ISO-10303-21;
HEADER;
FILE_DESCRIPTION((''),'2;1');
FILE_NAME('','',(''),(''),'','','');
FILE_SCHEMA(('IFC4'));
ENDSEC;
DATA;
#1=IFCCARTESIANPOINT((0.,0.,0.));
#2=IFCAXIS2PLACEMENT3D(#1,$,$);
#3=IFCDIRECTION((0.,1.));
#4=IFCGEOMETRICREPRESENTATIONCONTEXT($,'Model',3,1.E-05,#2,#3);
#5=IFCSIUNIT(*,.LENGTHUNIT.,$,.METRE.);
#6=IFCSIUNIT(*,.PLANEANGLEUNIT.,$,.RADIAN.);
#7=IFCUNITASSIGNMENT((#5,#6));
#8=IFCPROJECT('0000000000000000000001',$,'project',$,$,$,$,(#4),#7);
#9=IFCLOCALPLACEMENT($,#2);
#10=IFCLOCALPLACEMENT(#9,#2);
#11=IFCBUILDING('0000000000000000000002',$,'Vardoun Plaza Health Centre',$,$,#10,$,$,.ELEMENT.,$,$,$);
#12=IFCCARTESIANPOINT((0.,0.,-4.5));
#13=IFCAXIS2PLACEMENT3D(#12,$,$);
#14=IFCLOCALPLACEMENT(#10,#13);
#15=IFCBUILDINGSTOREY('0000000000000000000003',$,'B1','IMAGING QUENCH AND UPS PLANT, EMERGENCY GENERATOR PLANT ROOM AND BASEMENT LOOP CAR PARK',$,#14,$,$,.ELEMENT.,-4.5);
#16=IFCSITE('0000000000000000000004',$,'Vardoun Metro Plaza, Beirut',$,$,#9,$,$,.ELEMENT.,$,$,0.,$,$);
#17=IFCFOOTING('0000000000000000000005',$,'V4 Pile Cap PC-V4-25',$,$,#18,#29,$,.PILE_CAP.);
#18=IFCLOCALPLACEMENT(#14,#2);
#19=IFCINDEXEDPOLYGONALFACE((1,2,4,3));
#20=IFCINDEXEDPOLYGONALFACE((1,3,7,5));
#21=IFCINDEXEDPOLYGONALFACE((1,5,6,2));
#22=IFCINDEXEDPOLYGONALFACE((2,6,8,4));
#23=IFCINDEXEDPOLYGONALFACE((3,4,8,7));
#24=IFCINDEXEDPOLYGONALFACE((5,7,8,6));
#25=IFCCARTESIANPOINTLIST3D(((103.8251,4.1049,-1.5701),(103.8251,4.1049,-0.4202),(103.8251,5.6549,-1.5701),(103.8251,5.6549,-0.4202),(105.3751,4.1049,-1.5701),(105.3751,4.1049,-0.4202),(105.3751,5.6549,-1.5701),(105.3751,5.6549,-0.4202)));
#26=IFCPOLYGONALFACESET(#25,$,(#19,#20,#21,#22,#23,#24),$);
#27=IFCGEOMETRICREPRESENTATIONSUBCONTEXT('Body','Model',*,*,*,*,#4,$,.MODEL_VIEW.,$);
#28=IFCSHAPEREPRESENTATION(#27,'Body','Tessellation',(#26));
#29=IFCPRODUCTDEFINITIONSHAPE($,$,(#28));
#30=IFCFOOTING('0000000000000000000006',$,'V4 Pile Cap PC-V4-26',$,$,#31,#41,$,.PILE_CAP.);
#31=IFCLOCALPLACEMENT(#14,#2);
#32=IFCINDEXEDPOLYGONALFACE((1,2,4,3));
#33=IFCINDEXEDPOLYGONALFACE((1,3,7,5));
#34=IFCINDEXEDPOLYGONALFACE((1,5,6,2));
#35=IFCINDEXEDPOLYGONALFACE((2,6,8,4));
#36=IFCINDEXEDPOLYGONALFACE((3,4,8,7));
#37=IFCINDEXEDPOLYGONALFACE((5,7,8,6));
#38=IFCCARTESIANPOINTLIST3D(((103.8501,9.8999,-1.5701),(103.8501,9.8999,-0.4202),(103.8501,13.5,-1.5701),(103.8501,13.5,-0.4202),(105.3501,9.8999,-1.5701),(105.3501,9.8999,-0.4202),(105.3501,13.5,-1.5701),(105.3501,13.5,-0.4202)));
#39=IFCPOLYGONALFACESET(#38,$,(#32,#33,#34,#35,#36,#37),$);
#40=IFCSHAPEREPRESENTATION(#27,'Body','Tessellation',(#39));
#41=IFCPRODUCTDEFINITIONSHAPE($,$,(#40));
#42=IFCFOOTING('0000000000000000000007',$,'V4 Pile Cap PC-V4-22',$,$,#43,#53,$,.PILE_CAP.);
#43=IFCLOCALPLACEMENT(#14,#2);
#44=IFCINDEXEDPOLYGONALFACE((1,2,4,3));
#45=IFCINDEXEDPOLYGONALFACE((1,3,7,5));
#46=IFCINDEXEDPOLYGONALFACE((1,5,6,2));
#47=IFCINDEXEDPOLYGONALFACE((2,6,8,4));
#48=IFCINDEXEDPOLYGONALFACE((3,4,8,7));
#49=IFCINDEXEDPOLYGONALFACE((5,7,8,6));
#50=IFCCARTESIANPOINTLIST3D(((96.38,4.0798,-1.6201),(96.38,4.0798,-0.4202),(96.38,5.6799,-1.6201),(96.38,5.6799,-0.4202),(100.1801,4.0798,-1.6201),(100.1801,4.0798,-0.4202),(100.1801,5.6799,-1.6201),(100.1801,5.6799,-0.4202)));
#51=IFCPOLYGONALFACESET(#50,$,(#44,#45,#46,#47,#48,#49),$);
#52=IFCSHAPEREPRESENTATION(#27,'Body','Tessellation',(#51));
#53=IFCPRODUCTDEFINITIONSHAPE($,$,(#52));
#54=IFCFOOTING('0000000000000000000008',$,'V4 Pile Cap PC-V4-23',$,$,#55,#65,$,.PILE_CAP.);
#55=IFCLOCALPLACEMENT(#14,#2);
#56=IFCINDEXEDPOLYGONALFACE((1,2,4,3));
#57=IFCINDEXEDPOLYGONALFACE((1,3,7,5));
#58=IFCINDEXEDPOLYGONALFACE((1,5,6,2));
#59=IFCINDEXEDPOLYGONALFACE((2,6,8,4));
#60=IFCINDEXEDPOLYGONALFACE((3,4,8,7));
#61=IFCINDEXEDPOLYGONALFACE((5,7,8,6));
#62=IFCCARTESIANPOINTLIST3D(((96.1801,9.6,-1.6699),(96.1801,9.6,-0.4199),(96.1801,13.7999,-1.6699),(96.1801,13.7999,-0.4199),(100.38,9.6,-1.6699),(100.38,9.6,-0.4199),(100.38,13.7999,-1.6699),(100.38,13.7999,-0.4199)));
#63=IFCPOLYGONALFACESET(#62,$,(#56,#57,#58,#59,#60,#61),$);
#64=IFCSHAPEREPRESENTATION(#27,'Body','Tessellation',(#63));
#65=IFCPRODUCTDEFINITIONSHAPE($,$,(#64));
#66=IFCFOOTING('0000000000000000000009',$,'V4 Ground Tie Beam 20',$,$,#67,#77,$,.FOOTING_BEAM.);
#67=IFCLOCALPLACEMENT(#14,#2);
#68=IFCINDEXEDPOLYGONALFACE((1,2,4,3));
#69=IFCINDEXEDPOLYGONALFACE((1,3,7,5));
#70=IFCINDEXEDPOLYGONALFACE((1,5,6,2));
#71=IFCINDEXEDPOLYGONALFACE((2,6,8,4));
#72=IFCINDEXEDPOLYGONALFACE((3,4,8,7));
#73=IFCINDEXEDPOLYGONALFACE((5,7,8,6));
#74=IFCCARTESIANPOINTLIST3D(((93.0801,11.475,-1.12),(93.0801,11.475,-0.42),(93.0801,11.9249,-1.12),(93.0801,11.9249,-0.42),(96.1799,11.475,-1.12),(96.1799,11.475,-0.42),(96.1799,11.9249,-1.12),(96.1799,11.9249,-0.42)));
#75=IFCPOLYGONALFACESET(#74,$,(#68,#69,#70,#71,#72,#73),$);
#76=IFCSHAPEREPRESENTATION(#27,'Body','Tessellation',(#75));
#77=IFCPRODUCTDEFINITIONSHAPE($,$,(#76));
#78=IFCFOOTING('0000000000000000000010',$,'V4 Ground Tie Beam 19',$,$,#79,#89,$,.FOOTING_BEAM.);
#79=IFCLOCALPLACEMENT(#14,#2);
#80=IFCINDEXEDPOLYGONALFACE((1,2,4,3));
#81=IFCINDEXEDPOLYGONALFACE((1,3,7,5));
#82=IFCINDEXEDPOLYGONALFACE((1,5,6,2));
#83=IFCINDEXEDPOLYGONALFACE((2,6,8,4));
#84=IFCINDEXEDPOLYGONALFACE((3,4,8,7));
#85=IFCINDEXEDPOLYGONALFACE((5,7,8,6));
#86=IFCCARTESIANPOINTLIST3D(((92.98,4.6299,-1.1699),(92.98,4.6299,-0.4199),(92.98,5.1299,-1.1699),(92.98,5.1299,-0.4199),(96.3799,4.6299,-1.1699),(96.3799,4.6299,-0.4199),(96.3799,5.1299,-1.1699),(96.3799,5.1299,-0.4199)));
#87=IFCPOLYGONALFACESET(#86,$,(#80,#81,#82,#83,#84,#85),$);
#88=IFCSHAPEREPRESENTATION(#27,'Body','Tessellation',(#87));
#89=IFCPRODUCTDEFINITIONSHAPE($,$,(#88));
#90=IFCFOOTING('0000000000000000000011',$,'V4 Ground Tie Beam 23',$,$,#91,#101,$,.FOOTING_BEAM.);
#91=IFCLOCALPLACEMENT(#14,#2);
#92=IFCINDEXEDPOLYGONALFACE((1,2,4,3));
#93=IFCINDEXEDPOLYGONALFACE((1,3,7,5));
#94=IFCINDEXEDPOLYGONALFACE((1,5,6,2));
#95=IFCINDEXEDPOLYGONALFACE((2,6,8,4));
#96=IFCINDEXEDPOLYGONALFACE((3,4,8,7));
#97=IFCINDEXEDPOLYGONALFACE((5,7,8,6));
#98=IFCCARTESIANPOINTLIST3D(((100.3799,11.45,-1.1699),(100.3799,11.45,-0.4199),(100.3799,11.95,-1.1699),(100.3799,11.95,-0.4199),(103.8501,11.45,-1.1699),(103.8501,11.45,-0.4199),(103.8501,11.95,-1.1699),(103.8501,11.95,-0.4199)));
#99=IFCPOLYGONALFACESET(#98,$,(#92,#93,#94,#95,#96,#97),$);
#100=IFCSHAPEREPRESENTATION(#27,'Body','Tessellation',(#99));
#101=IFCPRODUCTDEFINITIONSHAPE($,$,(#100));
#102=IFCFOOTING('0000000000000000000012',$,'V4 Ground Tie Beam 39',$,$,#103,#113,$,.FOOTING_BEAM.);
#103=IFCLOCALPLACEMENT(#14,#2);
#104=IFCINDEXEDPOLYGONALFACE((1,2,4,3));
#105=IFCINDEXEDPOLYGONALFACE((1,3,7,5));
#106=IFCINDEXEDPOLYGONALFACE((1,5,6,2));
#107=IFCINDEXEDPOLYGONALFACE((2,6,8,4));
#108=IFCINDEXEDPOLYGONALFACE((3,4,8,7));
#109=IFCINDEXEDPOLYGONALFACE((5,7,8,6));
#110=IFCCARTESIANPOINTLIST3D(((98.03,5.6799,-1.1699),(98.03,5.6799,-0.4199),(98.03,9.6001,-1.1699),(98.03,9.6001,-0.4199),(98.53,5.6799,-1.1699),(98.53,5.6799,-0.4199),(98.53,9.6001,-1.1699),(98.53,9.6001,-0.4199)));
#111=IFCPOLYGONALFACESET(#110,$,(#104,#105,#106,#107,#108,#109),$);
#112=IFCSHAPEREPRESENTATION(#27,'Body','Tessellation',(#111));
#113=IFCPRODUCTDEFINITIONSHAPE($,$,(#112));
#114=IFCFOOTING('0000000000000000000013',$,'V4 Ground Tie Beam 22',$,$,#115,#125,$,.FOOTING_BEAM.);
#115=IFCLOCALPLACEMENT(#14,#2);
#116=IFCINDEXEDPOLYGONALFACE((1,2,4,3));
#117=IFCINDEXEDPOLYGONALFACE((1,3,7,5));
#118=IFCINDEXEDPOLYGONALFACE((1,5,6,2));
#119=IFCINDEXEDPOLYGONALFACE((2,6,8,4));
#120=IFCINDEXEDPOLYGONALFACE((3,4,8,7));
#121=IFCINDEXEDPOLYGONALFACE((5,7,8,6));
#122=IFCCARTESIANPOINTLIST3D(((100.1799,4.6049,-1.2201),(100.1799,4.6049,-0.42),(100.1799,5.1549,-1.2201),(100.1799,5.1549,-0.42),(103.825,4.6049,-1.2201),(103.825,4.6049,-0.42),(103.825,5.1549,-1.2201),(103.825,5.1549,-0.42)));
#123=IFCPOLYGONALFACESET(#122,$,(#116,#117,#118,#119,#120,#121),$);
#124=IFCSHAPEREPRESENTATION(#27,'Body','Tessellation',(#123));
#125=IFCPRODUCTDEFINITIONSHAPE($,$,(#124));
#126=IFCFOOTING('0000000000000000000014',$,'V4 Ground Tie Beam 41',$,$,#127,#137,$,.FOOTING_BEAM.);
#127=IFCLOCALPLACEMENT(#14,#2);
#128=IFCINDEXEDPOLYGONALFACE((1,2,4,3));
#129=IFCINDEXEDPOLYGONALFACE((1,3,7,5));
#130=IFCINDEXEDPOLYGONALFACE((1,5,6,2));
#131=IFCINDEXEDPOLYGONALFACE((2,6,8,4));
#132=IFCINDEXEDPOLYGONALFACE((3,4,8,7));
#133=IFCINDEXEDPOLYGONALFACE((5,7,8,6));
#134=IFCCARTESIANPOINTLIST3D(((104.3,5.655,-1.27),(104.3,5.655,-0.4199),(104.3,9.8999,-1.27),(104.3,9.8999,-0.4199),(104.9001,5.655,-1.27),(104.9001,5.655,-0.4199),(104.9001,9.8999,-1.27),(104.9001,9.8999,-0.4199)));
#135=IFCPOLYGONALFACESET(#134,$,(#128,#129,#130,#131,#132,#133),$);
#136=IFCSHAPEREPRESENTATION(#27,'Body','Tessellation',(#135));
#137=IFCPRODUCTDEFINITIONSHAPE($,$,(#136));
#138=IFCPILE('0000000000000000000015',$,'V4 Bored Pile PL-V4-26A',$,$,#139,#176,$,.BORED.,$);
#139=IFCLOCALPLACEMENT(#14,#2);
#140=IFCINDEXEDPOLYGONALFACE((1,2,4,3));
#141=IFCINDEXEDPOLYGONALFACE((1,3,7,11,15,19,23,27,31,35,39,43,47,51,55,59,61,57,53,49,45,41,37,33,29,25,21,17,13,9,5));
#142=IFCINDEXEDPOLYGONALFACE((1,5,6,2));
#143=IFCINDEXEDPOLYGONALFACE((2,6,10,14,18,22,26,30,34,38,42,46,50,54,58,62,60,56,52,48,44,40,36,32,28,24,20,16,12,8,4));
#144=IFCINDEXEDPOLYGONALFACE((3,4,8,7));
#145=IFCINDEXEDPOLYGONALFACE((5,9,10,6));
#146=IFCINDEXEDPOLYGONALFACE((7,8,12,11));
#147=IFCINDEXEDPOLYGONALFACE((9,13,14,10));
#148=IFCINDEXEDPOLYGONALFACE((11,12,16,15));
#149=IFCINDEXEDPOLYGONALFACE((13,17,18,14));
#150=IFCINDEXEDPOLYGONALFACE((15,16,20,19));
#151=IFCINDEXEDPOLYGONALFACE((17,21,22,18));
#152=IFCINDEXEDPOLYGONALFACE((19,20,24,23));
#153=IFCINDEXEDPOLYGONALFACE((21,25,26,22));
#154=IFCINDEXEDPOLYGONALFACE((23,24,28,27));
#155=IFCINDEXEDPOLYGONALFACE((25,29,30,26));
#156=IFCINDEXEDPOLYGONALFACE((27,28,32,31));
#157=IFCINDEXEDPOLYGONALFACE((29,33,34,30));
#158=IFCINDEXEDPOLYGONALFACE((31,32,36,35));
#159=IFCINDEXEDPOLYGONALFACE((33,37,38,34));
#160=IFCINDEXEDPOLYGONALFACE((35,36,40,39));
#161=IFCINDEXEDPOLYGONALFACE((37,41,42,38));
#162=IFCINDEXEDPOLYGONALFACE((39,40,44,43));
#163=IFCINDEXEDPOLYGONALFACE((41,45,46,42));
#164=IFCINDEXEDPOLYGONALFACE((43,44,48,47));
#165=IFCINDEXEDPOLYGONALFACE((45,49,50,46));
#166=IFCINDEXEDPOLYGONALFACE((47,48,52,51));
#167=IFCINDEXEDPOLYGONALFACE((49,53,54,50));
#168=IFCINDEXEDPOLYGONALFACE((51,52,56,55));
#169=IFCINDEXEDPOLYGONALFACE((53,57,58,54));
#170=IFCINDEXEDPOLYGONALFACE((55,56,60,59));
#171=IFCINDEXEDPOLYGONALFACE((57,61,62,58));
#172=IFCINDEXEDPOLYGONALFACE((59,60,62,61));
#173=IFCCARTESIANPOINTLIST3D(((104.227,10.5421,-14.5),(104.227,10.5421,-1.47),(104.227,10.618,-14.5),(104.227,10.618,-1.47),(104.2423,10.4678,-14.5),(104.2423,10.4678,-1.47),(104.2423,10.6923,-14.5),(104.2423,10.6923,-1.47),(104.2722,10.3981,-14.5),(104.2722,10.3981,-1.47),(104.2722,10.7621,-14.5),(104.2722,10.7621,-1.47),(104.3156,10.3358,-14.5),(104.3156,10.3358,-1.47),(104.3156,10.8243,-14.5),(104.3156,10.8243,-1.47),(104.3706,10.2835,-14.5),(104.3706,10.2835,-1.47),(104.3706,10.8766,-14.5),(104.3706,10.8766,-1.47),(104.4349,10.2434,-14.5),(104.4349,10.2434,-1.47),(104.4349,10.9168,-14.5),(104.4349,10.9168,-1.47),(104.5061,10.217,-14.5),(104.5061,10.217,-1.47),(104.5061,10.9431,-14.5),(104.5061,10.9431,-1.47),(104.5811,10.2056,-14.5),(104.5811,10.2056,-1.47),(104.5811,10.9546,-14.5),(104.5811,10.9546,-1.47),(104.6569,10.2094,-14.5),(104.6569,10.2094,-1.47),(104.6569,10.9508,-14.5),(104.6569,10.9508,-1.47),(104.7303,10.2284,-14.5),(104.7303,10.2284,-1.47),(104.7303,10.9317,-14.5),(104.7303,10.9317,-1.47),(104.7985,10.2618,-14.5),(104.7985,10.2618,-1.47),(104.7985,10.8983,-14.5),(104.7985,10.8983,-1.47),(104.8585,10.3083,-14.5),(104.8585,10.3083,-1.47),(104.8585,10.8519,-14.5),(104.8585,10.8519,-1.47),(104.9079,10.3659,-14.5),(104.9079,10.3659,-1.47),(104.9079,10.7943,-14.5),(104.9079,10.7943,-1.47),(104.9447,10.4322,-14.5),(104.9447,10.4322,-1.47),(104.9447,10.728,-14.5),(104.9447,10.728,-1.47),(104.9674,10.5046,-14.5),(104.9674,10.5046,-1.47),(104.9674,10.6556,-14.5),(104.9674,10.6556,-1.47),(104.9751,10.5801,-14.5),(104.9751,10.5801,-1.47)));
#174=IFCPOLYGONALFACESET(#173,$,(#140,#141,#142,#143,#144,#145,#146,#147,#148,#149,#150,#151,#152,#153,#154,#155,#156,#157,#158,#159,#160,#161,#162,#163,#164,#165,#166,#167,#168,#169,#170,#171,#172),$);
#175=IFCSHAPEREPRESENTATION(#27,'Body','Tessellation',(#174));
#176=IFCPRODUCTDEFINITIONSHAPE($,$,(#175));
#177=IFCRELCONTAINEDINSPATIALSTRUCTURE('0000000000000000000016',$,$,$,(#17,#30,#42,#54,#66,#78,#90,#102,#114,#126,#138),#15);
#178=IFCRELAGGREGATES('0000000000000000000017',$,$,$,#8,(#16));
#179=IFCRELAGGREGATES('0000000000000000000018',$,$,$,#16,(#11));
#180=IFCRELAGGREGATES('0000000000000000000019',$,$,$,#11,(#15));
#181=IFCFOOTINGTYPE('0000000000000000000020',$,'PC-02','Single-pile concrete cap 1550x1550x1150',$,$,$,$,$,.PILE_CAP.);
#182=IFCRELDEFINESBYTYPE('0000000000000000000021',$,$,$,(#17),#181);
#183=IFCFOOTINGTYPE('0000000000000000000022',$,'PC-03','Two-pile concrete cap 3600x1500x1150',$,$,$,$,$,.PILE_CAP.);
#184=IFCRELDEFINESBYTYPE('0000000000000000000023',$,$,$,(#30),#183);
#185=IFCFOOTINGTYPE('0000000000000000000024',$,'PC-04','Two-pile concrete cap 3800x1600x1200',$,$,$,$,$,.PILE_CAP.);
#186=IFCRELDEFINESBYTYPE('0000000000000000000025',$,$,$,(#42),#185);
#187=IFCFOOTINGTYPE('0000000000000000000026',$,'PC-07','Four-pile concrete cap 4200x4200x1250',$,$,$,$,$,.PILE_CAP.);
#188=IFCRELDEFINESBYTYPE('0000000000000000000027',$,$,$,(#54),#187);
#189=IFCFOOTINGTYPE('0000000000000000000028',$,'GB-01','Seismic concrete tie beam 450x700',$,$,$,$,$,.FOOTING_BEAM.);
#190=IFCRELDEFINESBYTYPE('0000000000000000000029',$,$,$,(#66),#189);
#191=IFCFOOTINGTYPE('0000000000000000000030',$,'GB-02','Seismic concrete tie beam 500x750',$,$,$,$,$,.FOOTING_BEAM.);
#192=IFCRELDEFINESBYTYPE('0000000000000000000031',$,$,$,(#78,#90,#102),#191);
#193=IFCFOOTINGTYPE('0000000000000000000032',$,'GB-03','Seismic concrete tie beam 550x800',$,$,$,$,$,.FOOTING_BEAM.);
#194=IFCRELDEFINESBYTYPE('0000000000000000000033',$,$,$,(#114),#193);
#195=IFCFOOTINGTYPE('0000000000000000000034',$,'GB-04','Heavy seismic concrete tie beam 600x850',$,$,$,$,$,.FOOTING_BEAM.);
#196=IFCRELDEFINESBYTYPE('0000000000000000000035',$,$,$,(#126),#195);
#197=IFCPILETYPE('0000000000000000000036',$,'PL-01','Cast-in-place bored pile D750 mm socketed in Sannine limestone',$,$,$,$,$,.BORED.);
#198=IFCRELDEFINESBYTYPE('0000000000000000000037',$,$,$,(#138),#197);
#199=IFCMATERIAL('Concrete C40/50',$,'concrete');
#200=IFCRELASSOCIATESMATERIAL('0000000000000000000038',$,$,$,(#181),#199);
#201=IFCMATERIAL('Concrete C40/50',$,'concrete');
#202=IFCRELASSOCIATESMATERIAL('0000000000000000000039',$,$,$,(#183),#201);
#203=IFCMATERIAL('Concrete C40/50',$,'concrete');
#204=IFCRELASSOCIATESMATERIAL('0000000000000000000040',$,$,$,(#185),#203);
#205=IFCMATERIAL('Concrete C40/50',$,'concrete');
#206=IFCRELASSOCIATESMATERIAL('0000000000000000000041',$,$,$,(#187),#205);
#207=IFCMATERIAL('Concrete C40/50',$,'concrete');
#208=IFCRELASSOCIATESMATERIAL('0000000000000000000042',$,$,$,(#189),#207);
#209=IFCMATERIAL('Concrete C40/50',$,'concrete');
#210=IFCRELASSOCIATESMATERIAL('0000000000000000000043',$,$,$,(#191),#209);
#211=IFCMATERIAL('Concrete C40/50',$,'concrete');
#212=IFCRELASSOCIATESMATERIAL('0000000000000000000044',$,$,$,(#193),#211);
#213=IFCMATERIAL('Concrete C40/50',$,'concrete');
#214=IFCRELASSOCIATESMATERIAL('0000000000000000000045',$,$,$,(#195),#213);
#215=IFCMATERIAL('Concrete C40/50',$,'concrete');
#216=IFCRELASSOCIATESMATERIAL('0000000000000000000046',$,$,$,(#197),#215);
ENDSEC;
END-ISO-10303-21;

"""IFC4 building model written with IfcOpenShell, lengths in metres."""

from ifc_helpers import new_model, si_unit, direction, frame, origin, origin_2d, place, context, subcontext, project, spatial, rectangle, circle, extrude, material, material_profile, profile_set, type_object, element, save


model = new_model("IFC4")

# Units and contexts
model_context = context("Model", 3, precision=1e-05, world=origin(), true_north=direction((0.0, 1.0)))
body_context = subcontext(model_context, "Body", "Model", "MODEL_VIEW")
ifc_project = project(units=[si_unit("LENGTHUNIT", "METRE"), si_unit("PLANEANGLEUNIT", "RADIAN")], contexts=[model_context])

# Site, building, storey
site_placement = place(None, origin())
site = spatial("IfcSite", under=ifc_project, at=site_placement, Name="Vardoun Metro Plaza, Beirut", CompositionType="ELEMENT", RefElevation=0.0)
building_placement = place(site_placement, origin())
building = spatial("IfcBuilding", under=site, at=building_placement, Name="Vardoun Plaza Health Centre", CompositionType="ELEMENT")
storey_placement = place(building_placement, frame((0.0, 0.0, -4.5)))
storey = spatial("IfcBuildingStorey", under=building, at=storey_placement, Name="B1", Description="IMAGING QUENCH AND UPS PLANT, EMERGENCY GENERATOR PLANT ROOM AND BASEMENT LOOP CAR PARK", CompositionType="ELEMENT", Elevation=-4.5)

# Footings
ifc_material_1 = material(Name="Concrete C40/50", Category="concrete")
footing_type_1 = type_object("IfcFootingType", Name="PC-02", Description="Single-pile concrete cap 1550x1550x1150", PredefinedType="PILE_CAP", material=ifc_material_1)
footing_1_placement = place(storey_placement, frame((104.6001, 4.8799, -1.5701), z_axis=(0.0, 0.0, 1.0), x_axis=(1.0, 0.0, 0.0)))
element("IfcFooting", 1, at=footing_1_placement, inside=storey, type_object=footing_type_1, Name="V4 Pile Cap PC-V4-25", PredefinedType="PILE_CAP", context=body_context, shape_type="SweptSolid", body=[
    extrude(rectangle(XDim=1.55, YDim=1.55, at=origin_2d()), origin(), (0.0, 0.0, 1.0), 1.1499),
])
ifc_material_2 = material(Name="Concrete C40/50", Category="concrete")
footing_type_2 = type_object("IfcFootingType", Name="PC-03", Description="Two-pile concrete cap 3600x1500x1150", PredefinedType="PILE_CAP", material=ifc_material_2)
footing_2_placement = place(storey_placement, frame((104.6001, 11.7, -1.5701), z_axis=(0.0, 0.0, 1.0), x_axis=(0.0, 1.0, 0.0)))
element("IfcFooting", 2, at=footing_2_placement, inside=storey, type_object=footing_type_2, Name="V4 Pile Cap PC-V4-26", PredefinedType="PILE_CAP", context=body_context, shape_type="SweptSolid", body=[
    extrude(rectangle(XDim=3.6001, YDim=1.5, at=origin_2d()), origin(), (0.0, 0.0, 1.0), 1.1499),
])
ifc_material_3 = material(Name="Concrete C40/50", Category="concrete")
footing_type_3 = type_object("IfcFootingType", Name="PC-04", Description="Two-pile concrete cap 3800x1600x1200", PredefinedType="PILE_CAP", material=ifc_material_3)
footing_3_placement = place(storey_placement, frame((98.28, 4.8799, -1.6201), z_axis=(0.0, 0.0, 1.0), x_axis=(1.0, 0.0, 0.0)))
element("IfcFooting", 3, at=footing_3_placement, inside=storey, type_object=footing_type_3, Name="V4 Pile Cap PC-V4-22", PredefinedType="PILE_CAP", context=body_context, shape_type="SweptSolid", body=[
    extrude(rectangle(XDim=3.8, YDim=1.6001, at=origin_2d()), origin(), (0.0, 0.0, 1.0), 1.2),
])
ifc_material_4 = material(Name="Concrete C40/50", Category="concrete")
footing_type_4 = type_object("IfcFootingType", Name="PC-07", Description="Four-pile concrete cap 4200x4200x1250", PredefinedType="PILE_CAP", material=ifc_material_4)
footing_4_placement = place(storey_placement, frame((98.28, 11.7, -1.6699), z_axis=(0.0, 0.0, 1.0), x_axis=(1.0, 0.0, 0.0)))
element("IfcFooting", 4, at=footing_4_placement, inside=storey, type_object=footing_type_4, Name="V4 Pile Cap PC-V4-23", PredefinedType="PILE_CAP", context=body_context, shape_type="SweptSolid", body=[
    extrude(rectangle(XDim=4.2, YDim=4.2, at=origin_2d()), origin(), (0.0, 0.0, 1.0), 1.25),
])
ifc_material_5 = material(Name="Concrete C40/50", Category="concrete")
ifc_material_profile_1 = material_profile(ifc_material_5, rectangle(XDim=0.45, YDim=0.7, at=origin_2d()), Name="GB 450x700")
ifc_profile_set_1 = profile_set([ifc_material_profile_1], Name="Concrete C40/50")
footing_type_5 = type_object("IfcFootingType", Name="GB-01", Description="Seismic concrete tie beam 450x700", PredefinedType="FOOTING_BEAM", material=ifc_profile_set_1)
footing_5_placement = place(storey_placement, frame((93.0801, 11.7, -0.77), z_axis=(1.0, 0.0, 0.0), x_axis=(0.0, 1.0, 0.0)))
element("IfcFooting", 5, at=footing_5_placement, inside=storey, type_object=footing_type_5, Name="V4 Ground Tie Beam 20", PredefinedType="FOOTING_BEAM", context=body_context, shape_type="SweptSolid", body=[
    extrude(rectangle(XDim=0.45, YDim=0.7, at=origin_2d()), origin(), (0.0, 0.0, 1.0), 3.0999),
])
ifc_material_6 = material(Name="Concrete C40/50", Category="concrete")
ifc_material_profile_2 = material_profile(ifc_material_6, rectangle(XDim=0.5, YDim=0.75, at=origin_2d()), Name="GB 500x750")
ifc_profile_set_2 = profile_set([ifc_material_profile_2], Name="Concrete C40/50")
footing_type_6 = type_object("IfcFootingType", Name="GB-02", Description="Seismic concrete tie beam 500x750", PredefinedType="FOOTING_BEAM", material=ifc_profile_set_2)
footing_6_placement = place(storey_placement, frame((92.98, 4.8799, -0.7949), z_axis=(1.0, 0.0, 0.0), x_axis=(0.0, 1.0, 0.0)))
element("IfcFooting", 6, at=footing_6_placement, inside=storey, type_object=footing_type_6, Name="V4 Ground Tie Beam 19", PredefinedType="FOOTING_BEAM", context=body_context, shape_type="SweptSolid", body=[
    extrude(rectangle(XDim=0.5, YDim=0.75, at=origin_2d()), origin(), (0.0, 0.0, 1.0), 3.3999),
])
footing_7_placement = place(storey_placement, frame((100.3799, 11.7, -0.7949), z_axis=(1.0, 0.0, 0.0), x_axis=(0.0, 1.0, 0.0)))
element("IfcFooting", 7, at=footing_7_placement, inside=storey, type_object=footing_type_6, Name="V4 Ground Tie Beam 23", PredefinedType="FOOTING_BEAM", context=body_context, shape_type="SweptSolid", body=[
    extrude(rectangle(XDim=0.5, YDim=0.75, at=origin_2d()), origin(), (0.0, 0.0, 1.0), 3.4702),
])
footing_8_placement = place(storey_placement, frame((98.28, 5.6799, -0.7949), z_axis=(0.0, 1.0, 0.0), x_axis=(-1.0, 0.0, 0.0)))
element("IfcFooting", 8, at=footing_8_placement, inside=storey, type_object=footing_type_6, Name="V4 Ground Tie Beam 39", PredefinedType="FOOTING_BEAM", context=body_context, shape_type="SweptSolid", body=[
    extrude(rectangle(XDim=0.5, YDim=0.75, at=origin_2d()), origin(), (0.0, 0.0, 1.0), 3.9202),
])
ifc_material_7 = material(Name="Concrete C40/50", Category="concrete")
ifc_material_profile_3 = material_profile(ifc_material_7, rectangle(XDim=0.55, YDim=0.8, at=origin_2d()), Name="GB 550x800")
ifc_profile_set_3 = profile_set([ifc_material_profile_3], Name="Concrete C40/50")
footing_type_7 = type_object("IfcFootingType", Name="GB-03", Description="Seismic concrete tie beam 550x800", PredefinedType="FOOTING_BEAM", material=ifc_profile_set_3)
footing_9_placement = place(storey_placement, frame((100.1799, 4.8799, -0.8201), z_axis=(1.0, 0.0, 0.0), x_axis=(0.0, 1.0, 0.0)))
element("IfcFooting", 9, at=footing_9_placement, inside=storey, type_object=footing_type_7, Name="V4 Ground Tie Beam 22", PredefinedType="FOOTING_BEAM", context=body_context, shape_type="SweptSolid", body=[
    extrude(rectangle(XDim=0.55, YDim=0.8, at=origin_2d()), origin(), (0.0, 0.0, 1.0), 3.645),
])
ifc_material_8 = material(Name="Concrete C40/50", Category="concrete")
ifc_material_profile_4 = material_profile(ifc_material_8, rectangle(XDim=0.6001, YDim=0.8501, at=origin_2d()), Name="GB 600x850")
ifc_profile_set_4 = profile_set([ifc_material_profile_4], Name="Concrete C40/50")
footing_type_8 = type_object("IfcFootingType", Name="GB-04", Description="Heavy seismic concrete tie beam 600x850", PredefinedType="FOOTING_BEAM", material=ifc_profile_set_4)
footing_10_placement = place(storey_placement, frame((104.6001, 5.655, -0.845), z_axis=(0.0, 1.0, 0.0), x_axis=(-1.0, 0.0, 0.0)))
element("IfcFooting", 10, at=footing_10_placement, inside=storey, type_object=footing_type_8, Name="V4 Ground Tie Beam 41", PredefinedType="FOOTING_BEAM", context=body_context, shape_type="SweptSolid", body=[
    extrude(rectangle(XDim=0.6001, YDim=0.8501, at=origin_2d()), origin(), (0.0, 0.0, 1.0), 4.2449),
])

# Pile
ifc_material_9 = material(Name="Concrete C40/50", Category="concrete")
ifc_material_profile_5 = material_profile(ifc_material_9, circle(Radius=0.375, at=origin_2d()), Name="PILE D750")
ifc_profile_set_5 = profile_set([ifc_material_profile_5], Name="Concrete C40/50")
pile_type_1 = type_object("IfcPileType", Name="PL-01", Description="Cast-in-place bored pile D750 mm socketed in Sannine limestone", PredefinedType="BORED", material=ifc_profile_set_5)
pile_1_placement = place(storey_placement, frame((104.6001, 10.5801, -1.47), z_axis=(0.0, 0.0, -1.0), x_axis=(1.0, 0.0, 0.0)))
element("IfcPile", 11, at=pile_1_placement, inside=storey, type_object=pile_type_1, Name="V4 Bored Pile PL-V4-26A", PredefinedType="BORED", context=body_context, shape_type="SweptSolid", body=[
    extrude(circle(Radius=0.375, at=origin_2d()), origin(), (0.0, 0.0, 1.0), 13.03),
])

save(model, "model.ifc")
